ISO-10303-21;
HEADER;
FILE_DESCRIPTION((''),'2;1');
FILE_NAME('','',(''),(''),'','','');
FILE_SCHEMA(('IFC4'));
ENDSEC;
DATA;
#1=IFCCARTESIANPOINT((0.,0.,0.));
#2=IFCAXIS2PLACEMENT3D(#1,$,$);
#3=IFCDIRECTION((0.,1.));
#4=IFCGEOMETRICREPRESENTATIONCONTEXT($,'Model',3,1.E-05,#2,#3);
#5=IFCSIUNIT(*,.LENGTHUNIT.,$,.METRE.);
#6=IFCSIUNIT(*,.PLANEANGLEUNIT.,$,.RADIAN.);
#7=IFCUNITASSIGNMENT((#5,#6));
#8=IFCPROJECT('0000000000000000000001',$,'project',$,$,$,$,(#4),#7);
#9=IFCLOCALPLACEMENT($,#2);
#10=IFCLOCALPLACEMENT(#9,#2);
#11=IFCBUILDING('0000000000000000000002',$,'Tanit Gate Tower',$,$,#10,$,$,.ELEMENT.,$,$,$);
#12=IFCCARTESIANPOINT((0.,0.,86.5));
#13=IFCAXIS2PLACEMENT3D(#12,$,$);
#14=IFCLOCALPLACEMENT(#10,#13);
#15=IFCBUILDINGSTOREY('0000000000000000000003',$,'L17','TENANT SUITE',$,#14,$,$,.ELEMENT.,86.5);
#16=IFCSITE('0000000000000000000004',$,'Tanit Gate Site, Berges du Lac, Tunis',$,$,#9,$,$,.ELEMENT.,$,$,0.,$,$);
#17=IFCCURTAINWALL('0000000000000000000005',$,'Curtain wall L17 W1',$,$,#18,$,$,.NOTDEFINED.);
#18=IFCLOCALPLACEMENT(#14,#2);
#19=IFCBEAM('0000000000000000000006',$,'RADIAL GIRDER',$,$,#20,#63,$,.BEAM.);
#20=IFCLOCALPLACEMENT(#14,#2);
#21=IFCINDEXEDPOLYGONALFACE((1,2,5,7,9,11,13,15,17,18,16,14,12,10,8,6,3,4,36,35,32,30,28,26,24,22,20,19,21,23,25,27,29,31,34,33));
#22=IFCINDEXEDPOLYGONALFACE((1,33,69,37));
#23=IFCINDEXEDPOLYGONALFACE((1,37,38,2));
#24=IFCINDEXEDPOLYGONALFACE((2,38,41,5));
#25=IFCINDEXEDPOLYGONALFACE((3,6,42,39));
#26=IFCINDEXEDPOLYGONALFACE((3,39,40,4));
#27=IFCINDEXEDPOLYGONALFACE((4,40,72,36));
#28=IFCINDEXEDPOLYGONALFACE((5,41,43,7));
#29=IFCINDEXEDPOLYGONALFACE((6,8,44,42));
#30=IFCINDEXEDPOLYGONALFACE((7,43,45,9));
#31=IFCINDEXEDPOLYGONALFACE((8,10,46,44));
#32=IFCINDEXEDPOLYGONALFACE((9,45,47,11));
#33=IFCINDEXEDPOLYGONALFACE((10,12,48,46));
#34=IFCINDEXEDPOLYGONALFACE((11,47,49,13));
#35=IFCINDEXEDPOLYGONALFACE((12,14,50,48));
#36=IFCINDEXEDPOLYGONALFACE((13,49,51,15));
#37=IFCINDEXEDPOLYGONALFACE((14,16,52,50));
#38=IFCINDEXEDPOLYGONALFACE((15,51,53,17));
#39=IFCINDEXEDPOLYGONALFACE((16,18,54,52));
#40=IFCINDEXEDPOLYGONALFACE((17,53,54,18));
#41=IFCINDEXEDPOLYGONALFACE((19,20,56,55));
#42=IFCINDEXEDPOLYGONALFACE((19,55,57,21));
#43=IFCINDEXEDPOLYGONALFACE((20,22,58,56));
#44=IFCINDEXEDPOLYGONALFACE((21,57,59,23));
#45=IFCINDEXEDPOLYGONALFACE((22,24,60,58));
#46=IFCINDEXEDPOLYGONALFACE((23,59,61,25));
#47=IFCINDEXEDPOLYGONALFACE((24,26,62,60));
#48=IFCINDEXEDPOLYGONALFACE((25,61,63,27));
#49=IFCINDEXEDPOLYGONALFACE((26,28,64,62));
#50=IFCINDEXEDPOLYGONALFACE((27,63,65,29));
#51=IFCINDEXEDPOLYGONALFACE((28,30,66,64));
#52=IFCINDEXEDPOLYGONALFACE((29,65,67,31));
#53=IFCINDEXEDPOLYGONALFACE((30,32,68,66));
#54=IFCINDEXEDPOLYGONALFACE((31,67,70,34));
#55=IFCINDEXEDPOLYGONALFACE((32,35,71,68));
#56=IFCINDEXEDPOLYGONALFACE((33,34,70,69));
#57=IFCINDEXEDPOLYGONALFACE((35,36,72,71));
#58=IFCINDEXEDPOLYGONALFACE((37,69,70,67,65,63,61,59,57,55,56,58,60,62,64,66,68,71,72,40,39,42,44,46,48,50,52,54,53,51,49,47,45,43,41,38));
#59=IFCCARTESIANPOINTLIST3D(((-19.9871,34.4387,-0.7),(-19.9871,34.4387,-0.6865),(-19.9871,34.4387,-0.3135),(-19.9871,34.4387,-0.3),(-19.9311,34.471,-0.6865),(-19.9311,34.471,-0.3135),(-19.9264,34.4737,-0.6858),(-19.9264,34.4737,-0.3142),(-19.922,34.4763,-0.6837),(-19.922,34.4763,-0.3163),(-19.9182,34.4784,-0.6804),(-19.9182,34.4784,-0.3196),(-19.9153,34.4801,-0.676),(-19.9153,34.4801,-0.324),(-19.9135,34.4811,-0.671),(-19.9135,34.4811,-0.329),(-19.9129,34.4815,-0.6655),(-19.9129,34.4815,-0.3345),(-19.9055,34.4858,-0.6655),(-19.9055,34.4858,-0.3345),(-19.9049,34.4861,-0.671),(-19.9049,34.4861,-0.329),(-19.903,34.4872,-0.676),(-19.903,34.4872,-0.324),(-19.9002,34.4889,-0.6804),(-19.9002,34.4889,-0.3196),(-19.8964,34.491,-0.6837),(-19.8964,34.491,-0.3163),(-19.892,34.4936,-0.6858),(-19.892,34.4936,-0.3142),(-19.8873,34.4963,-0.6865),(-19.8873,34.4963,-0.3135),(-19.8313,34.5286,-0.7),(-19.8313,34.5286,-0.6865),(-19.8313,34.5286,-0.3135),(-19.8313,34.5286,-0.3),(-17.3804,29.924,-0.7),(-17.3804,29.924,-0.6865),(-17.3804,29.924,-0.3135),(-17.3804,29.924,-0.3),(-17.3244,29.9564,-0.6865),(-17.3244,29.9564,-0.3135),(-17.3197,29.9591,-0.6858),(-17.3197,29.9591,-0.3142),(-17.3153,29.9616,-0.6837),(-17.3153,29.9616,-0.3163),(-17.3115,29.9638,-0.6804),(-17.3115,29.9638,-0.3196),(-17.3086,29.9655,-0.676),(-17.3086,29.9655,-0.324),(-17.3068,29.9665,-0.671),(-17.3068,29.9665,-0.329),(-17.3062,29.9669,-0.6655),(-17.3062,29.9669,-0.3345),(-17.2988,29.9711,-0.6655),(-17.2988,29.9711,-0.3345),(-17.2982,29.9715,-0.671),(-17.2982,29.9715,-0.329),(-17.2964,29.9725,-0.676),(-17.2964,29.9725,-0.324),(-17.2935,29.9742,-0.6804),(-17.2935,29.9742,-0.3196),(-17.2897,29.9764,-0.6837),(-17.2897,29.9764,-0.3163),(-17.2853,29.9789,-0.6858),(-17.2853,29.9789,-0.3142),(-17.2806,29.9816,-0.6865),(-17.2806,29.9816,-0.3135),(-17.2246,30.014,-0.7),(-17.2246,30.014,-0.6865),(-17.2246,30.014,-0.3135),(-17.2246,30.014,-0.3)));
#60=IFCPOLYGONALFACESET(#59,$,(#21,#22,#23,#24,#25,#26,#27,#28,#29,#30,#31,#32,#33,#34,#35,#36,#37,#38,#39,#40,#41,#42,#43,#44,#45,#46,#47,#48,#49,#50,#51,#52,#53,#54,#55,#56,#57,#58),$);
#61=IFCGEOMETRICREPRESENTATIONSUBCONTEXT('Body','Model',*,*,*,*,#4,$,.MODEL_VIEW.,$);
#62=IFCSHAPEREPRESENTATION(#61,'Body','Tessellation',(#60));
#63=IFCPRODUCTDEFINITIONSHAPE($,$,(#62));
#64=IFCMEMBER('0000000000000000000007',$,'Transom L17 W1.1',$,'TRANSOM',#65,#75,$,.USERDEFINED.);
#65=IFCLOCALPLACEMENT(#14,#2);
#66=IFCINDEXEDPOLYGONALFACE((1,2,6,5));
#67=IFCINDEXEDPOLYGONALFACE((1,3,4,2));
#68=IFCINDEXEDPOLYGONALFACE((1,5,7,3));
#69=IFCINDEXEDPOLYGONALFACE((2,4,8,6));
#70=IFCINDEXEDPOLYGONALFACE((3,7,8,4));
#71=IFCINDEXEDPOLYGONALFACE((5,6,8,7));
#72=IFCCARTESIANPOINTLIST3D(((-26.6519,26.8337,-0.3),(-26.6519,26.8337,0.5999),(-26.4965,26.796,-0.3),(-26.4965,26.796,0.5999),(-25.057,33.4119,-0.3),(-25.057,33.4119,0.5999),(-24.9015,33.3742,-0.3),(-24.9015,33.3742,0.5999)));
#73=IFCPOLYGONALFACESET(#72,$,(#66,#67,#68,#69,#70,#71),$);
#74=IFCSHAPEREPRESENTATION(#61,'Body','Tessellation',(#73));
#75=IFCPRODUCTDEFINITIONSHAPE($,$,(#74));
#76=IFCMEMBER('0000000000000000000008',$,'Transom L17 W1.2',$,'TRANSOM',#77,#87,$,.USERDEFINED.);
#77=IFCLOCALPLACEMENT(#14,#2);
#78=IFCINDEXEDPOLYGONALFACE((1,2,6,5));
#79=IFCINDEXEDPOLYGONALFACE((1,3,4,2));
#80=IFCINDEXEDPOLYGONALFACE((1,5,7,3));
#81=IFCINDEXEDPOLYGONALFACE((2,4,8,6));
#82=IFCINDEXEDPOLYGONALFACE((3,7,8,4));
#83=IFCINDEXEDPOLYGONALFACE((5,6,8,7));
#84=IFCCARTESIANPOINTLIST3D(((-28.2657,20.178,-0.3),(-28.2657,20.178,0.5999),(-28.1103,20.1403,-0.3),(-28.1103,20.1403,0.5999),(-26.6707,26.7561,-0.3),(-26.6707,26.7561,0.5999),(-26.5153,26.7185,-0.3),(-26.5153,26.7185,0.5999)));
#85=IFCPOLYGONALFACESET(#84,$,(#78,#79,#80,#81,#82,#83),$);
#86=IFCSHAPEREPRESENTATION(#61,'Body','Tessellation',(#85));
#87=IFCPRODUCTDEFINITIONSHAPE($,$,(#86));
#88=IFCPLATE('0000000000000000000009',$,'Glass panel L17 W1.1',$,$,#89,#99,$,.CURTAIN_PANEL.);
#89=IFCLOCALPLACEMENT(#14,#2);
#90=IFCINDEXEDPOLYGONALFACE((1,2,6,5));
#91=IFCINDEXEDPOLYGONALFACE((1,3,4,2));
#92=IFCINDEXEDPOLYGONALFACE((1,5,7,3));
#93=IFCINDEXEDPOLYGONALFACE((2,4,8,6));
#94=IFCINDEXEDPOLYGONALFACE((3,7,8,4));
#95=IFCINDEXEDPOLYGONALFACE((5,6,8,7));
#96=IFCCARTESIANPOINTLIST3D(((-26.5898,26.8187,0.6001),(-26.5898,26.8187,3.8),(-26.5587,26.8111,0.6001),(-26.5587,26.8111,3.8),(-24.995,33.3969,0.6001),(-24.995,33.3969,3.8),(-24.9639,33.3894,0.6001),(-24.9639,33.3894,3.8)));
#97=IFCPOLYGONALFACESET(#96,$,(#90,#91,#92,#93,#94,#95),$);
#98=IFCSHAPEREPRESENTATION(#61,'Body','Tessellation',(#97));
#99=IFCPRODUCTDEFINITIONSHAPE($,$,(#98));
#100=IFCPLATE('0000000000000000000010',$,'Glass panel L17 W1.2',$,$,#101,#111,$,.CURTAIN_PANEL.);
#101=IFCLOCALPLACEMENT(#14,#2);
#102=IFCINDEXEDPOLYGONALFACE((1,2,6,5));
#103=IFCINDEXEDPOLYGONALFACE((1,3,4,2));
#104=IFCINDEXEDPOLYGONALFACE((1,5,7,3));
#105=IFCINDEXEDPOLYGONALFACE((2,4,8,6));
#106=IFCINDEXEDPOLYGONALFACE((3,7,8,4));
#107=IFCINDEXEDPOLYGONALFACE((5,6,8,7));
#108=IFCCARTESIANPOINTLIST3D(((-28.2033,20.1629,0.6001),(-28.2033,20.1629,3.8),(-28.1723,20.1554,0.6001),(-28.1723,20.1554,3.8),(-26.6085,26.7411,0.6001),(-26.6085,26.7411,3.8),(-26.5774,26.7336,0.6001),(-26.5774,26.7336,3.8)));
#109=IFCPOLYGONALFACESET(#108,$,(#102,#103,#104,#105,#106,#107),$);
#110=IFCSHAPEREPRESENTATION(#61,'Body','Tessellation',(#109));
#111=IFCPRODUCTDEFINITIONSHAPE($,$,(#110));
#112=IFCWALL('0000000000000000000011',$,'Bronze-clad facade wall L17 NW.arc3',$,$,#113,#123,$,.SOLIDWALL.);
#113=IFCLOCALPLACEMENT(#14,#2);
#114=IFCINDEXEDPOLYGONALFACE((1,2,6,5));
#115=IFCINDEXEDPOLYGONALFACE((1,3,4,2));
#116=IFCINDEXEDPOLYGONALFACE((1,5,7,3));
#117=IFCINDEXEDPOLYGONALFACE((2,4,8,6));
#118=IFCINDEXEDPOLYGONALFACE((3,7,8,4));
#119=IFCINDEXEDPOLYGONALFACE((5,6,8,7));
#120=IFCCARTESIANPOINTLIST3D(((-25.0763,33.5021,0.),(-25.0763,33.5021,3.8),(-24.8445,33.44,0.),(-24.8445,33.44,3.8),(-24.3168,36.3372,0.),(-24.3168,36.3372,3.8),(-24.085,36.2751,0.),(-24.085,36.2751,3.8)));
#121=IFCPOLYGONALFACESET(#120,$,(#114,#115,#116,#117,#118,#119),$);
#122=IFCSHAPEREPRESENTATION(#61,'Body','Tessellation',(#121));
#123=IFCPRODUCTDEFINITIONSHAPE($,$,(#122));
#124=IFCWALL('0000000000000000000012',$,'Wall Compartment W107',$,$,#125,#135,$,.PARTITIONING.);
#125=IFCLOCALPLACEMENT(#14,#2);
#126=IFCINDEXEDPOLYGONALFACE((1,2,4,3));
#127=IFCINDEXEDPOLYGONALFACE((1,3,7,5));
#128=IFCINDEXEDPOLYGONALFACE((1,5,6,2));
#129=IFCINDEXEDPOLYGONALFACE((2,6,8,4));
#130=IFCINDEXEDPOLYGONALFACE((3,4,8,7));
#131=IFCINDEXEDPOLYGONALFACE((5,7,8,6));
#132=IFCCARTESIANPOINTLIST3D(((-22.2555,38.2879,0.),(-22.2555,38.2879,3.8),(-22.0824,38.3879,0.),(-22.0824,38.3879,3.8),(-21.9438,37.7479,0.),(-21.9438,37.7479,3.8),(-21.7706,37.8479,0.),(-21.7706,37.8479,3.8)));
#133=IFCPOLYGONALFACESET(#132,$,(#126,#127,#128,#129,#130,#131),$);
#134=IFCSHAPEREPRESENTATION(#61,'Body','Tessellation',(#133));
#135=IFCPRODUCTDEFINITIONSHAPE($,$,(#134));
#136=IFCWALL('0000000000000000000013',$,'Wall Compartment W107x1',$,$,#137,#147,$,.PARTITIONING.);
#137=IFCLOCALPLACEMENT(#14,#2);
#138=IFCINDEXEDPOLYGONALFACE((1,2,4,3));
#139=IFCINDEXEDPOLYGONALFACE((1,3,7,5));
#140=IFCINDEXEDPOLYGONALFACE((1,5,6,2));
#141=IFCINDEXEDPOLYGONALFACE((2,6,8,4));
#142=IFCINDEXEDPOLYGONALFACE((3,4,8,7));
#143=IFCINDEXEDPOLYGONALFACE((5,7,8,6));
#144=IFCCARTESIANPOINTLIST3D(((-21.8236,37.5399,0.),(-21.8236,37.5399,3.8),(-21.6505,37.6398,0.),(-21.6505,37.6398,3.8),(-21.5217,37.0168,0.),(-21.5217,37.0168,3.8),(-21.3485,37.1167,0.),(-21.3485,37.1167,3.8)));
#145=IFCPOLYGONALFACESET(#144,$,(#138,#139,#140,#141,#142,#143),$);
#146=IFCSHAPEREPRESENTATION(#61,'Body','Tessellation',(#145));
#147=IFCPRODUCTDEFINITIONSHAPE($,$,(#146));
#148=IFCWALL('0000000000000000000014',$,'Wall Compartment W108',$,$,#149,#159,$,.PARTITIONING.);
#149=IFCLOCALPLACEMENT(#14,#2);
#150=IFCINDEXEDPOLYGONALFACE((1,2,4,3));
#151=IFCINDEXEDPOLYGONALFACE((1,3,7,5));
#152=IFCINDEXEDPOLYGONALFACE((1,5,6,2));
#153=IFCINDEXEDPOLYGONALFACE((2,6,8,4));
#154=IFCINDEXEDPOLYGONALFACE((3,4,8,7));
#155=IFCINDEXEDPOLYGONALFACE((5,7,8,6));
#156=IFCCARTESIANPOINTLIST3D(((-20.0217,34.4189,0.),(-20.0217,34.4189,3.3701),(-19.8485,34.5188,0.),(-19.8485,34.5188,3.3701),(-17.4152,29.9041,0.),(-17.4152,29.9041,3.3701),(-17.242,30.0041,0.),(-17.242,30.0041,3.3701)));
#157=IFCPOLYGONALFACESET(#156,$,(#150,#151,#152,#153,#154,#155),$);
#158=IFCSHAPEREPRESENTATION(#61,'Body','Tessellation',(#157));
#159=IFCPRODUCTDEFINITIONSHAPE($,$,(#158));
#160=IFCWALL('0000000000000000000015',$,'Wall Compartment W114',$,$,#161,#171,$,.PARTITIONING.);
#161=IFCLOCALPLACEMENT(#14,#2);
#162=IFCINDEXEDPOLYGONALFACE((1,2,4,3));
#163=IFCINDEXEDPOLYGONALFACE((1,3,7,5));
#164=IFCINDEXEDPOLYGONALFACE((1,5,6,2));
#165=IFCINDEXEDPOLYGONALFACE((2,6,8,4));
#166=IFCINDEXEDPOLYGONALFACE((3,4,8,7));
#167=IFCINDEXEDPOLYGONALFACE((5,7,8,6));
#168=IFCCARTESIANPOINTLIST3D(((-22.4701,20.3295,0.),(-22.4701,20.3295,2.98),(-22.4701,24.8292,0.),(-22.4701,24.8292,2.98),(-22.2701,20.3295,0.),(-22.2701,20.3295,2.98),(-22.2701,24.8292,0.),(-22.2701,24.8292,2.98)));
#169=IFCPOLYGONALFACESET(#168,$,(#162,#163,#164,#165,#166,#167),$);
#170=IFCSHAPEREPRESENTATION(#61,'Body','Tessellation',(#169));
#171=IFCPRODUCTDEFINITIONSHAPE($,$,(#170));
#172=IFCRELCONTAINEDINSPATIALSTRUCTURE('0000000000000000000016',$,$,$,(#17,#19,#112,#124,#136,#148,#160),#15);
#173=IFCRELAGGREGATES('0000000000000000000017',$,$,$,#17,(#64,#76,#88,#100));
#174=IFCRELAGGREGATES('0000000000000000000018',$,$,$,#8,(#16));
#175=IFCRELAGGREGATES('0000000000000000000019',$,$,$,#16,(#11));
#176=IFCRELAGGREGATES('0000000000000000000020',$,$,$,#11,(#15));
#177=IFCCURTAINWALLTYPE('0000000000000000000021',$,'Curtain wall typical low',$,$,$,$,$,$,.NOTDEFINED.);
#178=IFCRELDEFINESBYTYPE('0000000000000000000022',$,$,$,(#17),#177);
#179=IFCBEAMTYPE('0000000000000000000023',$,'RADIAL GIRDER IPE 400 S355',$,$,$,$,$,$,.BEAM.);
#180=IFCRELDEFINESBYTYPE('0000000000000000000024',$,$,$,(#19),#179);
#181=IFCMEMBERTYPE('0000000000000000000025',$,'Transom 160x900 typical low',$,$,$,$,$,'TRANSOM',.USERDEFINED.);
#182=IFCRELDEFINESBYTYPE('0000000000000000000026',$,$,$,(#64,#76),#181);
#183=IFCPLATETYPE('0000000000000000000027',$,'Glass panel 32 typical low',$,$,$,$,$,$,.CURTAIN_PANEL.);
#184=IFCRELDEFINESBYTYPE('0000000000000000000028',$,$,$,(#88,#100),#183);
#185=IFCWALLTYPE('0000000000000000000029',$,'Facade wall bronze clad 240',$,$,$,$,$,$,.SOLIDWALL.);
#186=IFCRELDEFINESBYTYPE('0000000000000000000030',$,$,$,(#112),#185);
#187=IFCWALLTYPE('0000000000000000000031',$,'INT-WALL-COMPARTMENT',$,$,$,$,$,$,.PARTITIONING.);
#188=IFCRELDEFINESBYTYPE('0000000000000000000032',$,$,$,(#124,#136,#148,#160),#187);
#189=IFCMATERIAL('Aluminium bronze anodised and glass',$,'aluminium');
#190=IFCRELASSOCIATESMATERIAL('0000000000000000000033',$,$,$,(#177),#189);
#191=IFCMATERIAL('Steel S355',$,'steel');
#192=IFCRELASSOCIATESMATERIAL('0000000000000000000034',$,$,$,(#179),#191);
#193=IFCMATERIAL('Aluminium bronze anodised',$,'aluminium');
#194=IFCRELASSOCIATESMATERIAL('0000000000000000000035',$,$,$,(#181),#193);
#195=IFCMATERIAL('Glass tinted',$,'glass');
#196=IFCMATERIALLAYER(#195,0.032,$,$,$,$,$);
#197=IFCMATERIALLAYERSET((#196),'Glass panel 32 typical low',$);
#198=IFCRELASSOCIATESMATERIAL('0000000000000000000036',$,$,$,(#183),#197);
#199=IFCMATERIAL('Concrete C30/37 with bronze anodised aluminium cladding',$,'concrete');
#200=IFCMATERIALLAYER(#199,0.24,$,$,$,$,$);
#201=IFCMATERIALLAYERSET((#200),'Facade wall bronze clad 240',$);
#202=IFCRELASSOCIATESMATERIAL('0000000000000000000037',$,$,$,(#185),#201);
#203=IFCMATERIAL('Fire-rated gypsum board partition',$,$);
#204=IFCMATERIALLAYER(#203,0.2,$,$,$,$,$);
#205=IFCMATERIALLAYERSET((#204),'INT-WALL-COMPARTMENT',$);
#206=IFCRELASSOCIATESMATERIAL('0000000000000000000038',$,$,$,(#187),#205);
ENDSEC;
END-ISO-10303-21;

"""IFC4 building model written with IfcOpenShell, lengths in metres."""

from ifc_helpers import new_model, si_unit, direction, frame, frame_2d, origin, origin_2d, place, context, subcontext, project, spatial, rectangle, i_section, extrude, material, layer, layer_set, material_profile, profile_set, type_object, element, aggregate, save


model = new_model("IFC4")

# Units and contexts
model_context = context("Model", 3, precision=1e-05, world=origin(), true_north=direction((0.0, 1.0)))
body_context = subcontext(model_context, "Body", "Model", "MODEL_VIEW")
ifc_project = project(units=[si_unit("LENGTHUNIT", "METRE"), si_unit("PLANEANGLEUNIT", "RADIAN")], contexts=[model_context])

# Site, building, storey
site_placement = place(None, origin())
site = spatial("IfcSite", under=ifc_project, at=site_placement, Name="Tanit Gate Site, Berges du Lac, Tunis", CompositionType="ELEMENT", RefElevation=0.0)
building_placement = place(site_placement, origin())
building = spatial("IfcBuilding", under=site, at=building_placement, Name="Tanit Gate Tower", CompositionType="ELEMENT")
storey_placement = place(building_placement, frame((0.0, 0.0, 86.5)))
storey = spatial("IfcBuildingStorey", under=building, at=storey_placement, Name="L17", Description="TENANT SUITE", CompositionType="ELEMENT", Elevation=86.5)

# Curtain wall
ifc_material_1 = material(Name="Aluminium bronze anodised and glass", Category="aluminium")
curtain_wall_type = type_object("IfcCurtainWallType", Name="Curtain wall typical low", PredefinedType="NOTDEFINED", material=ifc_material_1)
curtain_wall_placement = place(storey_placement, origin())
curtain_wall = element("IfcCurtainWall", 1, at=curtain_wall_placement, inside=storey, type_object=curtain_wall_type, Name="Curtain wall L17 W1", PredefinedType="NOTDEFINED")

# Beam
ifc_material_2 = material(Name="Steel S355", Category="steel")
ifc_material_profile_1 = material_profile(ifc_material_2, i_section(OverallWidth=0.1799, OverallDepth=0.3999, WebThickness=0.0085, FlangeThickness=0.0134, FilletRadius=0.021, at=origin_2d()), Name="IPE 400")
ifc_profile_set_1 = profile_set([ifc_material_profile_1], Name="Steel S355")
beam_type_1 = type_object("IfcBeamType", Name="RADIAL GIRDER IPE 400 S355", PredefinedType="BEAM", material=ifc_profile_set_1)
beam_1_placement = place(storey_placement, frame((-19.9092, 34.4836, -0.5), z_axis=(0.500022, -0.866012, 0.0), x_axis=(0.866012, 0.500022, 0.0)))
element("IfcBeam", 2, at=beam_1_placement, inside=storey, type_object=beam_type_1, Name="RADIAL GIRDER", PredefinedType="BEAM", context=body_context, shape_type="SweptSolid", body=[
    extrude(i_section(OverallWidth=0.1799, OverallDepth=0.3999, WebThickness=0.0085, FlangeThickness=0.0134, FilletRadius=0.021, at=origin_2d()), origin(), (0.0, 0.0, 1.0), 5.2131),
])

# Members
ifc_material_3 = material(Name="Aluminium bronze anodised", Category="aluminium")
ifc_material_profile_2 = material_profile(ifc_material_3, rectangle(XDim=0.1599, YDim=0.8999, at=origin_2d()), Name="160x900 bronze transom")
ifc_profile_set_2 = profile_set([ifc_material_profile_2], Name="Aluminium bronze anodised")
member_type_1 = type_object("IfcMemberType", Name="Transom 160x900 typical low", ElementType="TRANSOM", PredefinedType="USERDEFINED", material=ifc_profile_set_2)
member_1_placement = place(storey_placement, frame((-24.9792, 33.3931, 0.1499), z_axis=(-0.235638, -0.971841, 0.0), x_axis=(0.971841, -0.235638, 0.0)))
member_1 = element("IfcMember", 3, at=member_1_placement, type_object=member_type_1, Name="Transom L17 W1.1", ObjectType="TRANSOM", PredefinedType="USERDEFINED", context=body_context, shape_type="SweptSolid", body=[
    extrude(rectangle(XDim=0.1599, YDim=0.8999, at=origin_2d()), origin(), (0.0, 0.0, 1.0), 6.7688),
])
member_2_placement = place(storey_placement, frame((-26.593, 26.7373, 0.1499), z_axis=(-0.235638, -0.971841, 0.0), x_axis=(0.971841, -0.235638, 0.0)))
member_2 = element("IfcMember", 4, at=member_2_placement, type_object=member_type_1, Name="Transom L17 W1.2", ObjectType="TRANSOM", PredefinedType="USERDEFINED", context=body_context, shape_type="SweptSolid", body=[
    extrude(rectangle(XDim=0.1599, YDim=0.8999, at=origin_2d()), origin(), (0.0, 0.0, 1.0), 6.7688),
])

# Plates
ifc_material_4 = material(Name="Glass tinted", Category="glass")
ifc_layer_1 = layer(ifc_material_4, 0.032)
ifc_layer_set_1 = layer_set([ifc_layer_1], Name="Glass panel 32 typical low")
plate_type = type_object("IfcPlateType", Name="Glass panel 32 typical low", PredefinedType="CURTAIN_PANEL", material=ifc_layer_set_1)
plate_1_placement = place(storey_placement, frame((-25.7769, 30.104, 0.6001), z_axis=(0.0, 0.0, 1.0), x_axis=(-0.235618, -0.971846, 0.0)))
plate_1 = element("IfcPlate", 5, at=plate_1_placement, type_object=plate_type, Name="Glass panel L17 W1.1", PredefinedType="CURTAIN_PANEL", context=body_context, shape_type="SweptSolid", body=[
    extrude(rectangle(XDim=6.7688, YDim=0.032, at=origin_2d()), origin(), (0.0, 0.0, 1.0), 3.2),
])
plate_2_placement = place(storey_placement, frame((-27.3904, 23.4482, 0.6001), z_axis=(0.0, 0.0, 1.0), x_axis=(-0.235618, -0.971846, 0.0)))
plate_2 = element("IfcPlate", 6, at=plate_2_placement, type_object=plate_type, Name="Glass panel L17 W1.2", PredefinedType="CURTAIN_PANEL", context=body_context, shape_type="SweptSolid", body=[
    extrude(rectangle(XDim=6.7688, YDim=0.032, at=origin_2d()), origin(), (0.0, 0.0, 1.0), 3.2),
])
aggregate(curtain_wall, [member_1, member_2, plate_1, plate_2])

# Walls
ifc_material_5 = material(Name="Concrete C30/37 with bronze anodised aluminium cladding", Category="concrete")
ifc_layer_2 = layer(ifc_material_5, 0.24)
ifc_layer_set_2 = layer_set([ifc_layer_2], Name="Facade wall bronze clad 240")
wall_type_1 = type_object("IfcWallType", Name="Facade wall bronze clad 240", PredefinedType="SOLIDWALL", material=ifc_layer_set_2)
wall_1_placement = place(storey_placement, frame((-24.2009, 36.3062, 0.0), z_axis=(0.0, 0.0, 1.0), x_axis=(-0.258765, -0.96594, 0.0)))
element("IfcWall", 7, at=wall_1_placement, inside=storey, type_object=wall_type_1, Name="Bronze-clad facade wall L17 NW.arc3", PredefinedType="SOLIDWALL", context=body_context, shape_type="SweptSolid", body=[
    extrude(rectangle(XDim=2.9351, YDim=0.24, at=frame_2d((1.4675, 0.0))), origin(), (0.0, 0.0, 1.0), 3.8),
])
ifc_material_6 = material(Name="Fire-rated gypsum board partition")
ifc_layer_3 = layer(ifc_material_6, 0.2)
ifc_layer_set_3 = layer_set([ifc_layer_3], Name="INT-WALL-COMPARTMENT")
wall_type_2 = type_object("IfcWallType", Name="INT-WALL-COMPARTMENT", PredefinedType="PARTITIONING", material=ifc_layer_set_3)
wall_2_placement = place(storey_placement, frame((-22.1689, 38.3379, 0.0), z_axis=(0.0, 0.0, 1.0), x_axis=(0.499971, -0.866042, 0.0)))
element("IfcWall", 8, at=wall_2_placement, inside=storey, type_object=wall_type_2, Name="Wall Compartment W107", PredefinedType="PARTITIONING", context=body_context, shape_type="SweptSolid", body=[
    extrude(rectangle(XDim=0.6235, YDim=0.2, at=frame_2d((0.3118, 0.0))), origin(), (0.0, 0.0, 1.0), 3.8),
])
wall_3_placement = place(storey_placement, frame((-21.7371, 37.5898, 0.0), z_axis=(0.0, 0.0, 1.0), x_axis=(0.499921, -0.866071, 0.0)))
element("IfcWall", 9, at=wall_3_placement, inside=storey, type_object=wall_type_2, Name="Wall Compartment W107x1", PredefinedType="PARTITIONING", context=body_context, shape_type="SweptSolid", body=[
    extrude(rectangle(XDim=0.604, YDim=0.2, at=frame_2d((0.302, 0.0))), origin(), (0.0, 0.0, 1.0), 3.8),
])
wall_4_placement = place(storey_placement, frame((-19.9351, 34.4688, 0.0), z_axis=(0.0, 0.0, 1.0), x_axis=(0.499987, -0.866033, 0.0)))
element("IfcWall", 10, at=wall_4_placement, inside=storey, type_object=wall_type_2, Name="Wall Compartment W108", PredefinedType="PARTITIONING", context=body_context, shape_type="SweptSolid", body=[
    extrude(rectangle(XDim=5.2131, YDim=0.2, at=frame_2d((2.6064, 0.0))), origin(), (0.0, 0.0, 1.0), 3.3701),
])
wall_5_placement = place(storey_placement, frame((-22.3701, 20.3293, 0.0), z_axis=(0.0, 0.0, 1.0), x_axis=(0.0, 1.0, 0.0)))
element("IfcWall", 11, at=wall_5_placement, inside=storey, type_object=wall_type_2, Name="Wall Compartment W114", PredefinedType="PARTITIONING", context=body_context, shape_type="SweptSolid", body=[
    extrude(rectangle(XDim=4.4998, YDim=0.2, at=frame_2d((2.25, 0.0))), origin(), (0.0, 0.0, 1.0), 2.98),
])

save(model, "model.ifc")
